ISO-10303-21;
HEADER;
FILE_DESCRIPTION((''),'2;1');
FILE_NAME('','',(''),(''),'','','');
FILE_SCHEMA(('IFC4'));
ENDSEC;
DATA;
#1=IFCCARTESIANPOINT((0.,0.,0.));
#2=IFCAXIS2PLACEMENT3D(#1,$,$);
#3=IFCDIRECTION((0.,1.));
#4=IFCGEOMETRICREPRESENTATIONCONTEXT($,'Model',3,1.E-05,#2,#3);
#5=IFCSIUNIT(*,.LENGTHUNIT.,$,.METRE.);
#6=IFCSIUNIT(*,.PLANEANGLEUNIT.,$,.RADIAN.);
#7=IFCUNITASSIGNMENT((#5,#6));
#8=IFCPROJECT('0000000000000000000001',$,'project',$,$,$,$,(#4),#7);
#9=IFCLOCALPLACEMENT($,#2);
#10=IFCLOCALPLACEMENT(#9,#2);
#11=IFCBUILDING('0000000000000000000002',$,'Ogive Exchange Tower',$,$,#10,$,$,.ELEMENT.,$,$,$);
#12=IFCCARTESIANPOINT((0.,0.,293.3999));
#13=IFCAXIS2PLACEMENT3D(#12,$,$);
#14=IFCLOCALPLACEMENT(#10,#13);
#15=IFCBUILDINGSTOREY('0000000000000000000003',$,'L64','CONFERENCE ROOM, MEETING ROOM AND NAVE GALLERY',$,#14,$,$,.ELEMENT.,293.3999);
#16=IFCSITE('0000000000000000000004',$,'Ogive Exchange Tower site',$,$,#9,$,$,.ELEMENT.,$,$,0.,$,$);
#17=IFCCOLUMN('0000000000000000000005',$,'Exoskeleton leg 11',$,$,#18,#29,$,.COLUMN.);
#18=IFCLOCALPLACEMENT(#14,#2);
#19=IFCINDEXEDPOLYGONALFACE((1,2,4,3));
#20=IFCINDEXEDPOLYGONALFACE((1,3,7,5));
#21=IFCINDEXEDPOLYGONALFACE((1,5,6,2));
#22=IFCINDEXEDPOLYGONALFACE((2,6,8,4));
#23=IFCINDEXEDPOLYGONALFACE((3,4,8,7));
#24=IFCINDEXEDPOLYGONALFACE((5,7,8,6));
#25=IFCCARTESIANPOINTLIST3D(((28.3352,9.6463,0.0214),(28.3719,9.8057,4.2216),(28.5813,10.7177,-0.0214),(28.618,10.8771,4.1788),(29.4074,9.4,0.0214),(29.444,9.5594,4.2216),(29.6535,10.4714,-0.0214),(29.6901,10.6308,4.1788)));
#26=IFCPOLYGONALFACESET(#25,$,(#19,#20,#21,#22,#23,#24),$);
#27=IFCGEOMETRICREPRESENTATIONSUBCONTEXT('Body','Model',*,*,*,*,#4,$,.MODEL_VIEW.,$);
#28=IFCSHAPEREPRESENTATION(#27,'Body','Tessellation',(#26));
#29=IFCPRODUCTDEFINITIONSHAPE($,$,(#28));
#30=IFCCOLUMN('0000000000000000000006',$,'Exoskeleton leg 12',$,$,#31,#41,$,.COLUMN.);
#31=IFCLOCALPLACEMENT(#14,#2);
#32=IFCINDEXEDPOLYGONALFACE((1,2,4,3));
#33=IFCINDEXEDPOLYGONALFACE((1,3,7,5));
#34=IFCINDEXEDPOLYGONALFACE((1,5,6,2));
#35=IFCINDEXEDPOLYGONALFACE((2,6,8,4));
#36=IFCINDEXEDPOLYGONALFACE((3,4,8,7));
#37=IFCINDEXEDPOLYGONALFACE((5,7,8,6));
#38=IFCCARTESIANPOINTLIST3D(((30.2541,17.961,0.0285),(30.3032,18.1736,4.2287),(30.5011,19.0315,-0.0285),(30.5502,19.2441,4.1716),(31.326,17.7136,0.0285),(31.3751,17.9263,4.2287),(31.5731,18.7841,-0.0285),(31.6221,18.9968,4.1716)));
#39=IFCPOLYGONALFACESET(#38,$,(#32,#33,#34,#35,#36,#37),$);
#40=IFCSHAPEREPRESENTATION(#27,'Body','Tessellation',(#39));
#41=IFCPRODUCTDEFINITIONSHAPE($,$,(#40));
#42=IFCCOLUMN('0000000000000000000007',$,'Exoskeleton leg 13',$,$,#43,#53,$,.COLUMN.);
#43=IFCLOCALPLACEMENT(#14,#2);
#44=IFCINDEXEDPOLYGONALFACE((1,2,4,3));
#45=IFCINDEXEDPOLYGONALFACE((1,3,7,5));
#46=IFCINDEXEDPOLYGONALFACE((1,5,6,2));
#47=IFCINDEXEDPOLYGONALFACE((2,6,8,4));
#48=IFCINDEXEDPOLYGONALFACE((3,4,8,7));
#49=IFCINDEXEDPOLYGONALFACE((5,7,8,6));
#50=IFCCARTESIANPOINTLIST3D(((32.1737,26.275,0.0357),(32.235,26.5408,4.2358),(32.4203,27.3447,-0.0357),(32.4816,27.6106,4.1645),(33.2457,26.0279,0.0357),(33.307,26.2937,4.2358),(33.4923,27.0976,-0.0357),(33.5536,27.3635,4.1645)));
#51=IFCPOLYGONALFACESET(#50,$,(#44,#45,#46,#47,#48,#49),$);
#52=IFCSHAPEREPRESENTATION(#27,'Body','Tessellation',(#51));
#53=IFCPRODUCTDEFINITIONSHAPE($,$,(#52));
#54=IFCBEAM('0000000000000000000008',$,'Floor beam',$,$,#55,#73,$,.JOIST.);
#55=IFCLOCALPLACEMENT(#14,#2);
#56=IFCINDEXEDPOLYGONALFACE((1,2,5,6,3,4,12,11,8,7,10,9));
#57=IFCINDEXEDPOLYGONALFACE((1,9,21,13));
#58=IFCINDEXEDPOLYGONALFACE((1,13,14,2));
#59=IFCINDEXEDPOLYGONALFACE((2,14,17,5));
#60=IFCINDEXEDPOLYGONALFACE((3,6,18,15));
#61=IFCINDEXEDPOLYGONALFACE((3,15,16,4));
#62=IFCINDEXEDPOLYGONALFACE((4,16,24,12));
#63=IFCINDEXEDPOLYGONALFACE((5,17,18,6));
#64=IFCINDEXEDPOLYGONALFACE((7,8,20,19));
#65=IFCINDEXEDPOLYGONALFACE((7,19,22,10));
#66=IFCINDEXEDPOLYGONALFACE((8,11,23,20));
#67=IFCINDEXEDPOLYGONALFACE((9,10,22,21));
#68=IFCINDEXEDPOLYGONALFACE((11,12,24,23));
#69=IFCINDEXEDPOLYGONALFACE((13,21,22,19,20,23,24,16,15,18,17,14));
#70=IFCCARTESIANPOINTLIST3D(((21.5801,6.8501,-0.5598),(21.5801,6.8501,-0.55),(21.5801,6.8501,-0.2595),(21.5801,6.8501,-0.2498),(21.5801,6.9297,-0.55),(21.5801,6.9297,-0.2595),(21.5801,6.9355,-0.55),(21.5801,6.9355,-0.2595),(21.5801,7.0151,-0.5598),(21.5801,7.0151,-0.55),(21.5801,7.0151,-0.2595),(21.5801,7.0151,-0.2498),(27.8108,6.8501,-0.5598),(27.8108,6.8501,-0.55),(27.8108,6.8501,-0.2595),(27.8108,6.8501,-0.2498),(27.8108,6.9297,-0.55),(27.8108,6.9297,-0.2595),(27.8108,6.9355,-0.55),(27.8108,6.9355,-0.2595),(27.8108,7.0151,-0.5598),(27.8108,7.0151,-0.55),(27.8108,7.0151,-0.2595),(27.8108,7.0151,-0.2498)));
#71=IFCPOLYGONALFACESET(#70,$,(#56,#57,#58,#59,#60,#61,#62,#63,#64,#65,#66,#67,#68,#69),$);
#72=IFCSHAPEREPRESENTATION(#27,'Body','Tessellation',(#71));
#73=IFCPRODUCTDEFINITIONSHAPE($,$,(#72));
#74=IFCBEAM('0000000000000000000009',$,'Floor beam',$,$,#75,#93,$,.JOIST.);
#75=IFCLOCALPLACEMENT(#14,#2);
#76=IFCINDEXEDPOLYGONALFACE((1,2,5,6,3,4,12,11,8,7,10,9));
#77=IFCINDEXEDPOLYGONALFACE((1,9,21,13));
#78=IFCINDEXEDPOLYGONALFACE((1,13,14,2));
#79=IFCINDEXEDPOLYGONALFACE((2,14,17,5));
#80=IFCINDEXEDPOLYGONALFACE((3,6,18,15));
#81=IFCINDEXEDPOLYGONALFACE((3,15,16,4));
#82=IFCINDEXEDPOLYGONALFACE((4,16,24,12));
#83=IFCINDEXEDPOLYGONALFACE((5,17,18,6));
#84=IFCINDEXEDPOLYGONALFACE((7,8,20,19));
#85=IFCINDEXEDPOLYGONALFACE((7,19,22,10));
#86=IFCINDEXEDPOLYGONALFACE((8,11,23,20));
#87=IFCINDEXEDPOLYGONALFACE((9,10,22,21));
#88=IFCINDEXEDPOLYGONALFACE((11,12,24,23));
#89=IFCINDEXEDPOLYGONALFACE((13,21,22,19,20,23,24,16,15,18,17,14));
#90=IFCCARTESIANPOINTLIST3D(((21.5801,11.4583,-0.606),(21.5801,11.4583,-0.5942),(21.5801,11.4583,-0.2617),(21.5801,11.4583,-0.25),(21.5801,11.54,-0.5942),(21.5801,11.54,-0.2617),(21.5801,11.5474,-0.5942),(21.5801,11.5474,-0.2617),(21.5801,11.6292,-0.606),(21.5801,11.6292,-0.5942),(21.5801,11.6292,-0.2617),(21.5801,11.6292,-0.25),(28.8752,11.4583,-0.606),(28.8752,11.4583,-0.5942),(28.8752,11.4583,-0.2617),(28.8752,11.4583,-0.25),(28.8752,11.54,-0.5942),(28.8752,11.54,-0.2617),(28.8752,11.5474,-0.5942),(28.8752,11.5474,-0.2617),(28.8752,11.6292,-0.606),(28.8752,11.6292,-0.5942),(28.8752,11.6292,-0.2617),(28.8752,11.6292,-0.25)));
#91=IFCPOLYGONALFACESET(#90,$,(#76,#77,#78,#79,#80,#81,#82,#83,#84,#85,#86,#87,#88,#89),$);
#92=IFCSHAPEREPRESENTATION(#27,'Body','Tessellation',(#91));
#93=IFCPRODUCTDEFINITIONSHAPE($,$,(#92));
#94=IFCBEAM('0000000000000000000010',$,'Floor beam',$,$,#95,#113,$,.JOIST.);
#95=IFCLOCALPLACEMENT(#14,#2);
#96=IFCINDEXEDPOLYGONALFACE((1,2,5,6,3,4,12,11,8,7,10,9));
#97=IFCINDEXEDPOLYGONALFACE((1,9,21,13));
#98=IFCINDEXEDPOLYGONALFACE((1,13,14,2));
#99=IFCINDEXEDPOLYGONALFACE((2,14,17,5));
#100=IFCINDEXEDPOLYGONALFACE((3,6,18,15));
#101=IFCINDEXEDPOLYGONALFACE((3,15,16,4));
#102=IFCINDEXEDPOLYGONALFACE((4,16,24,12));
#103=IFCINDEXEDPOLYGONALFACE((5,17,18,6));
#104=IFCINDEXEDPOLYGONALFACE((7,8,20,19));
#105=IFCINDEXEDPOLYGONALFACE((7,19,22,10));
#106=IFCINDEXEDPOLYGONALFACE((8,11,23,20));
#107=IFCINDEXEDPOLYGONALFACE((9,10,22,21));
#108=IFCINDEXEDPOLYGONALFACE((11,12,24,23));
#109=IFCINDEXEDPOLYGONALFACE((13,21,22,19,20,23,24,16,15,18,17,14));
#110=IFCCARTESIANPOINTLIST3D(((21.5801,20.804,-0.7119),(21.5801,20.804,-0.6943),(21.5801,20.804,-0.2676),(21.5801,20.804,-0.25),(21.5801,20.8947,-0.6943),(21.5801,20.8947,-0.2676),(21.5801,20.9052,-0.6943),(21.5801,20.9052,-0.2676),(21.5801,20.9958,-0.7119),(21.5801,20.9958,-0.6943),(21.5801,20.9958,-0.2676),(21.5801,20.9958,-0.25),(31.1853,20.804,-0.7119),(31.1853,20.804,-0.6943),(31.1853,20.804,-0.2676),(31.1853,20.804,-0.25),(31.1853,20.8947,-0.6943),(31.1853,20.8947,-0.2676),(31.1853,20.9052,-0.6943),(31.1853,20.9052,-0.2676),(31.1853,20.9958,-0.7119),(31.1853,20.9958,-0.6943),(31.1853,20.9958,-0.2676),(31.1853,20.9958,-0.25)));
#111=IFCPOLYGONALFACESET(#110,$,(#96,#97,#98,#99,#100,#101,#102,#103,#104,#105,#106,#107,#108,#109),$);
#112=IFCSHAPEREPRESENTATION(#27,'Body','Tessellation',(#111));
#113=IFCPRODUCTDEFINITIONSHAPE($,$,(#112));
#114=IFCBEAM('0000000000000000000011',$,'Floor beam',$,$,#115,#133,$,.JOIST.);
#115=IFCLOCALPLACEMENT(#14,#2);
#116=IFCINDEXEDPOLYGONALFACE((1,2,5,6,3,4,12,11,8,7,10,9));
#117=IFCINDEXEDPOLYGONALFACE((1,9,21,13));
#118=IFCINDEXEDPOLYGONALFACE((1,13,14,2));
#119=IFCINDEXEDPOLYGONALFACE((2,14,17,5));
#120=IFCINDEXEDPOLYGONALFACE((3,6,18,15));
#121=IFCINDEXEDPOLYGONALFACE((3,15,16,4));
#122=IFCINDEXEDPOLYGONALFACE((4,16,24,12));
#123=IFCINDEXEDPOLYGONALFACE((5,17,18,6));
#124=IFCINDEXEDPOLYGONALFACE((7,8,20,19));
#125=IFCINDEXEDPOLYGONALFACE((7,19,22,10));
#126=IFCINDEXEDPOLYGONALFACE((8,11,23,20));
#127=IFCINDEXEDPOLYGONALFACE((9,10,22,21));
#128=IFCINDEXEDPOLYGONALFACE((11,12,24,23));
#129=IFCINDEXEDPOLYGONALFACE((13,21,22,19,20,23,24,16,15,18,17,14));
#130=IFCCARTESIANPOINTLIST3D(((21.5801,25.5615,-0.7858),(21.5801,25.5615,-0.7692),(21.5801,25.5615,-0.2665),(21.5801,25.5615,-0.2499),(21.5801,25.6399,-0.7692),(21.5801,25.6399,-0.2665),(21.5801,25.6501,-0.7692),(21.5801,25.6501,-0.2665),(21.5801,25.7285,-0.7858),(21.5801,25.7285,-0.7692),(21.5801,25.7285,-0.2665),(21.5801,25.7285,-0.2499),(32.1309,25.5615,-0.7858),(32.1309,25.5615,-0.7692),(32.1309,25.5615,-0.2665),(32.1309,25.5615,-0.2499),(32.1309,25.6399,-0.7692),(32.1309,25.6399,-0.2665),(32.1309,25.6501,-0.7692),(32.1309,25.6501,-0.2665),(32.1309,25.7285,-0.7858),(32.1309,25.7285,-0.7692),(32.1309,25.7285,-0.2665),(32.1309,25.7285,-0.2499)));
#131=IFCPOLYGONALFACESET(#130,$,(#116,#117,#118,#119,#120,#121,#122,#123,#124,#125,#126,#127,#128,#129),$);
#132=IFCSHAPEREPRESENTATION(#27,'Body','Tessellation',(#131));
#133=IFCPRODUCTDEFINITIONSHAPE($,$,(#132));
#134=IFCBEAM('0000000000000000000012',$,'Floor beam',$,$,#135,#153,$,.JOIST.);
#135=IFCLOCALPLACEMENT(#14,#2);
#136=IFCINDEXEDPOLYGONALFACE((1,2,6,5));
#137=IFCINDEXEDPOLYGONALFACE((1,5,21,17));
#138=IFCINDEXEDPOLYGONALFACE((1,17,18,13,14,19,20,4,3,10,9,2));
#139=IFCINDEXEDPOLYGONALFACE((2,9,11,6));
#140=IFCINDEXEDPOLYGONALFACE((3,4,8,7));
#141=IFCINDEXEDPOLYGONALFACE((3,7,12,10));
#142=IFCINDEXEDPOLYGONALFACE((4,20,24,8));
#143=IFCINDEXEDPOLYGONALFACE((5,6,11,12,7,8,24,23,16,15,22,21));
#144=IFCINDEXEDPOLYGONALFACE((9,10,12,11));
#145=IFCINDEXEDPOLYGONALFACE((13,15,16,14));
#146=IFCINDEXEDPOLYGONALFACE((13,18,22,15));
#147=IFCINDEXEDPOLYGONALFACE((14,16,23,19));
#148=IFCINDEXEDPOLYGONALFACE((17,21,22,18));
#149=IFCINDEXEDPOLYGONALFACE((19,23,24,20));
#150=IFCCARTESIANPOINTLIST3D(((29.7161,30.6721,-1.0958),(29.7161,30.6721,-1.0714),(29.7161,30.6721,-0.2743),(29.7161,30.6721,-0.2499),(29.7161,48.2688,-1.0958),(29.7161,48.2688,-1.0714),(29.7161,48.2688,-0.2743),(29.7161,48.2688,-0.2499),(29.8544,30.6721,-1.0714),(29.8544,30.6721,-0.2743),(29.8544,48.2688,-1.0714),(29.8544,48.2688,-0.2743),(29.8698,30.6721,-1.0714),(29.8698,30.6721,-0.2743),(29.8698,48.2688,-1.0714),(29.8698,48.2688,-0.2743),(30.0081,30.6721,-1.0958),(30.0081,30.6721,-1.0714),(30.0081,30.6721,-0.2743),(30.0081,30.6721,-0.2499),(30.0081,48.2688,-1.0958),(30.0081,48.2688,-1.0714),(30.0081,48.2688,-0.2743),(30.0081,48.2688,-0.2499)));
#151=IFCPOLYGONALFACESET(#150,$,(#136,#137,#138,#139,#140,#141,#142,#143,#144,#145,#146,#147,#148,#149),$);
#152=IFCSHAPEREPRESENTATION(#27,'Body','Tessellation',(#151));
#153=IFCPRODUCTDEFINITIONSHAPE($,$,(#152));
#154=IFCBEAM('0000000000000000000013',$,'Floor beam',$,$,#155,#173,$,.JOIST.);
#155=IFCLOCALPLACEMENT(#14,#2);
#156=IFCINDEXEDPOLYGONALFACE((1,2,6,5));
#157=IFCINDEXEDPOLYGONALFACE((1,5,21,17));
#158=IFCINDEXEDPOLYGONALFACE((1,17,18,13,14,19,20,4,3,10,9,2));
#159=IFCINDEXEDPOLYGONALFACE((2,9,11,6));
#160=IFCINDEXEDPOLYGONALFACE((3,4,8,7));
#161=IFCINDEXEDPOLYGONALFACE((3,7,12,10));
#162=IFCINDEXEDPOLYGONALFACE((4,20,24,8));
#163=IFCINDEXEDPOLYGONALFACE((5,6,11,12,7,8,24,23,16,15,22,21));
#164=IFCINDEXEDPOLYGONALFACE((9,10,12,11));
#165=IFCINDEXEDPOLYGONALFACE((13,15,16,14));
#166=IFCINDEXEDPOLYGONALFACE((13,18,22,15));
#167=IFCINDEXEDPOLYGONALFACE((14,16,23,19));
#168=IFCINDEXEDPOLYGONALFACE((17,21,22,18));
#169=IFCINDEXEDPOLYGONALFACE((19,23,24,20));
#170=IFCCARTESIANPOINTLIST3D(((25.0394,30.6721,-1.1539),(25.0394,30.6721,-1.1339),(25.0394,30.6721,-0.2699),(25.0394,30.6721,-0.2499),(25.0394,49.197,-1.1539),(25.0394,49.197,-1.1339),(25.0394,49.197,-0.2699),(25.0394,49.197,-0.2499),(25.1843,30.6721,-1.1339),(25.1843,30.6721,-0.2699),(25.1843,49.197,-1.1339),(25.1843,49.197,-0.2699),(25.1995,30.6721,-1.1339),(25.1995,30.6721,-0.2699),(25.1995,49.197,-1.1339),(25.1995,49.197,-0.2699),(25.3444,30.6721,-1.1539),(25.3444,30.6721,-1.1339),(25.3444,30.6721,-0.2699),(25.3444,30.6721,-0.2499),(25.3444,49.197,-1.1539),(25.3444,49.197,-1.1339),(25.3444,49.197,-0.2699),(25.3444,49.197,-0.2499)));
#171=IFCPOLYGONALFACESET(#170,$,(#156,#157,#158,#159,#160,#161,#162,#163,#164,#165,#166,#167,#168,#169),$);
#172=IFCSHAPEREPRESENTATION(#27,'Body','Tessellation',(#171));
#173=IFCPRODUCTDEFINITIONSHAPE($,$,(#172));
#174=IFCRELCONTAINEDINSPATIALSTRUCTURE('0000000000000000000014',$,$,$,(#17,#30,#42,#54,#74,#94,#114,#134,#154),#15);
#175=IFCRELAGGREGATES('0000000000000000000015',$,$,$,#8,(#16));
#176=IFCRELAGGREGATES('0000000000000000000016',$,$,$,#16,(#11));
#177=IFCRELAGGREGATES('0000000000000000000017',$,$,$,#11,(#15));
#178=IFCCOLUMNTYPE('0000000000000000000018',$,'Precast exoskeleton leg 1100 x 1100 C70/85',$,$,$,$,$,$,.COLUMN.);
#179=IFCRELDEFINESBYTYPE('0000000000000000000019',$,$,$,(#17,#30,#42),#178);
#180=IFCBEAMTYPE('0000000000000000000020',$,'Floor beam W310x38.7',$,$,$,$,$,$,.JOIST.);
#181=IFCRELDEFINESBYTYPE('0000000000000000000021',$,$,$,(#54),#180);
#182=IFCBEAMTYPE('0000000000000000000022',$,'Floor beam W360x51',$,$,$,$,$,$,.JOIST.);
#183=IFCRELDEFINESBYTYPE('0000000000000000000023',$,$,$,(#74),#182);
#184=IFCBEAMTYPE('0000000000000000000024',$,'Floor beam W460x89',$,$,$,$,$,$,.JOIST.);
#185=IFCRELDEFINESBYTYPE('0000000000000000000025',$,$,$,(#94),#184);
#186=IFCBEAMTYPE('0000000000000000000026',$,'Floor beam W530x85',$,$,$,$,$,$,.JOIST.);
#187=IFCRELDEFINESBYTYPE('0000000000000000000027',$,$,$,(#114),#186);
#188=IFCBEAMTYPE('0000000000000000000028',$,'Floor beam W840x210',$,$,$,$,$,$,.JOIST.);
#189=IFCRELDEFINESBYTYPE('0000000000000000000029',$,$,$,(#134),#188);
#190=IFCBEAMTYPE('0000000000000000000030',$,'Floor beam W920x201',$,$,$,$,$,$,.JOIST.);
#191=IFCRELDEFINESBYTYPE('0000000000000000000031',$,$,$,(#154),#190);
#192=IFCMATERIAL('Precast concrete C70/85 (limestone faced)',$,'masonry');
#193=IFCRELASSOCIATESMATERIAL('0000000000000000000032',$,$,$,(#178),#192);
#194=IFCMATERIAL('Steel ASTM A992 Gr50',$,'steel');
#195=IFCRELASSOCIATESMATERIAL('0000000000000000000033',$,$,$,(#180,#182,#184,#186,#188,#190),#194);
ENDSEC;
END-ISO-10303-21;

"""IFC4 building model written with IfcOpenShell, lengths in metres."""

from ifc_helpers import new_model, si_unit, direction, frame, origin, origin_2d, place, context, subcontext, project, spatial, rectangle, i_section, extrude, material, material_profile, profile_set, type_object, element, save


model = new_model("IFC4")

# Units and contexts
model_context = context("Model", 3, precision=1e-05, world=origin(), true_north=direction((0.0, 1.0)))
body_context = subcontext(model_context, "Body", "Model", "MODEL_VIEW")
ifc_project = project(units=[si_unit("LENGTHUNIT", "METRE"), si_unit("PLANEANGLEUNIT", "RADIAN")], contexts=[model_context])

# Site, building, storey
site_placement = place(None, origin())
site = spatial("IfcSite", under=ifc_project, at=site_placement, Name="Ogive Exchange Tower site", CompositionType="ELEMENT", RefElevation=0.0)
building_placement = place(site_placement, origin())
building = spatial("IfcBuilding", under=site, at=building_placement, Name="Ogive Exchange Tower", CompositionType="ELEMENT")
storey_placement = place(building_placement, frame((0.0, 0.0, 293.3999)))
storey = spatial("IfcBuildingStorey", under=building, at=storey_placement, Name="L64", Description="CONFERENCE ROOM, MEETING ROOM AND NAVE GALLERY", CompositionType="ELEMENT", Elevation=293.3999)

# Columns
ifc_material_1 = material(Name="Precast concrete C70/85 (limestone faced)", Category="masonry")
ifc_material_profile_1 = material_profile(ifc_material_1, rectangle(XDim=1.1001, YDim=1.1001, at=origin_2d()), Name="1100 x 1100")
ifc_profile_set_1 = profile_set([ifc_material_profile_1], Name="Precast concrete C70/85 (limestone faced)")
column_type = type_object("IfcColumnType", Name="Precast exoskeleton leg 1100 x 1100 C70/85", PredefinedType="COLUMN", material=ifc_profile_set_1)
column_1_placement = place(storey_placement, frame((28.9944, 10.0588, 0.0), z_axis=(0.008712, 0.037928, 0.999243), x_axis=(-0.974617, 0.223878, 0.0)))
element("IfcColumn", 1, at=column_1_placement, inside=storey, type_object=column_type, Name="Exoskeleton leg 11", PredefinedType="COLUMN", context=body_context, shape_type="SweptSolid", body=[
    extrude(rectangle(XDim=1.1001, YDim=1.1001, at=origin_2d()), origin(), (0.0, 0.0, 1.0), 4.2034),
])
column_2_placement = place(storey_placement, frame((30.9136, 18.3726, 0.0), z_axis=(0.011668, 0.05056, 0.998653), x_axis=(-0.974391, 0.22486, 0.0)))
element("IfcColumn", 2, at=column_2_placement, inside=storey, type_object=column_type, Name="Exoskeleton leg 12", PredefinedType="COLUMN", context=body_context, shape_type="SweptSolid", body=[
    extrude(rectangle(XDim=1.1001, YDim=1.1001, at=origin_2d()), origin(), (0.0, 0.0, 1.0), 4.2058),
])
column_3_placement = place(storey_placement, frame((32.833, 26.6863, 0.0), z_axis=(0.014559, 0.063166, 0.997897), x_axis=(-0.974451, 0.224598, 0.0)))
element("IfcColumn", 3, at=column_3_placement, inside=storey, type_object=column_type, Name="Exoskeleton leg 13", PredefinedType="COLUMN", context=body_context, shape_type="SweptSolid", body=[
    extrude(rectangle(XDim=1.1001, YDim=1.1001, at=origin_2d()), origin(), (0.0, 0.0, 1.0), 4.209),
])

# Beams
ifc_material_2 = material(Name="Steel ASTM A992 Gr50", Category="steel")
ifc_material_profile_2 = material_profile(ifc_material_2, i_section(OverallWidth=0.165, OverallDepth=0.3101, WebThickness=0.0059, FlangeThickness=0.0098, at=origin_2d()), Name="W310x38.7")
ifc_profile_set_2 = profile_set([ifc_material_profile_2], Name="Steel ASTM A992 Gr50")
beam_type_1 = type_object("IfcBeamType", Name="Floor beam W310x38.7", PredefinedType="JOIST", material=ifc_profile_set_2)
beam_1_placement = place(storey_placement, frame((21.5801, 6.9326, -0.4048), z_axis=(1.0, 0.0, 0.0), x_axis=(0.0, 1.0, 0.0)))
element("IfcBeam", 4, at=beam_1_placement, inside=storey, type_object=beam_type_1, Name="Floor beam", PredefinedType="JOIST", context=body_context, shape_type="SweptSolid", body=[
    extrude(i_section(OverallWidth=0.165, OverallDepth=0.3101, WebThickness=0.0059, FlangeThickness=0.0098, at=origin_2d()), origin(), (0.0, 0.0, 1.0), 6.2307),
])
ifc_material_profile_3 = material_profile(ifc_material_2, i_section(OverallWidth=0.1709, OverallDepth=0.356, WebThickness=0.0073, FlangeThickness=0.0117, at=origin_2d()), Name="W360x51")
ifc_profile_set_3 = profile_set([ifc_material_profile_3], Name="Steel ASTM A992 Gr50")
beam_type_2 = type_object("IfcBeamType", Name="Floor beam W360x51", PredefinedType="JOIST", material=ifc_profile_set_3)
beam_2_placement = place(storey_placement, frame((21.5801, 11.5437, -0.428), z_axis=(1.0, 0.0, 0.0), x_axis=(0.0, 1.0, 0.0)))
element("IfcBeam", 5, at=beam_2_placement, inside=storey, type_object=beam_type_2, Name="Floor beam", PredefinedType="JOIST", context=body_context, shape_type="SweptSolid", body=[
    extrude(i_section(OverallWidth=0.1709, OverallDepth=0.356, WebThickness=0.0073, FlangeThickness=0.0117, at=origin_2d()), origin(), (0.0, 0.0, 1.0), 7.2952),
])
ifc_material_profile_4 = material_profile(ifc_material_2, i_section(OverallWidth=0.1919, OverallDepth=0.4619, WebThickness=0.0105, FlangeThickness=0.0176, at=origin_2d()), Name="W460x89")
ifc_profile_set_4 = profile_set([ifc_material_profile_4], Name="Steel ASTM A992 Gr50")
beam_type_3 = type_object("IfcBeamType", Name="Floor beam W460x89", PredefinedType="JOIST", material=ifc_profile_set_4)
beam_3_placement = place(storey_placement, frame((21.5801, 20.8999, -0.481), z_axis=(1.0, 0.0, 0.0), x_axis=(0.0, 1.0, 0.0)))
element("IfcBeam", 6, at=beam_3_placement, inside=storey, type_object=beam_type_3, Name="Floor beam", PredefinedType="JOIST", context=body_context, shape_type="SweptSolid", body=[
    extrude(i_section(OverallWidth=0.1919, OverallDepth=0.4619, WebThickness=0.0105, FlangeThickness=0.0176, at=origin_2d()), origin(), (0.0, 0.0, 1.0), 9.6052),
])
ifc_material_profile_5 = material_profile(ifc_material_2, i_section(OverallWidth=0.167, OverallDepth=0.5359, WebThickness=0.0103, FlangeThickness=0.0166, at=origin_2d()), Name="W530x85")
ifc_profile_set_5 = profile_set([ifc_material_profile_5], Name="Steel ASTM A992 Gr50")
beam_type_4 = type_object("IfcBeamType", Name="Floor beam W530x85", PredefinedType="JOIST", material=ifc_profile_set_5)
beam_4_placement = place(storey_placement, frame((21.5801, 25.645, -0.5178), z_axis=(1.0, 0.0, 0.0), x_axis=(0.0, 1.0, 0.0)))
element("IfcBeam", 7, at=beam_4_placement, inside=storey, type_object=beam_type_4, Name="Floor beam", PredefinedType="JOIST", context=body_context, shape_type="SweptSolid", body=[
    extrude(i_section(OverallWidth=0.167, OverallDepth=0.5359, WebThickness=0.0103, FlangeThickness=0.0166, at=origin_2d()), origin(), (0.0, 0.0, 1.0), 10.5508),
])
ifc_material_profile_6 = material_profile(ifc_material_2, i_section(OverallWidth=0.292, OverallDepth=0.8459, WebThickness=0.0154, FlangeThickness=0.0244, at=origin_2d()), Name="W840x210")
ifc_profile_set_6 = profile_set([ifc_material_profile_6], Name="Steel ASTM A992 Gr50")
beam_type_5 = type_object("IfcBeamType", Name="Floor beam W840x210", PredefinedType="JOIST", material=ifc_profile_set_6)
beam_5_placement = place(storey_placement, frame((29.8621, 30.6721, -0.6729), z_axis=(0.0, 1.0, 0.0), x_axis=(-1.0, 0.0, 0.0)))
element("IfcBeam", 8, at=beam_5_placement, inside=storey, type_object=beam_type_5, Name="Floor beam", PredefinedType="JOIST", context=body_context, shape_type="SweptSolid", body=[
    extrude(i_section(OverallWidth=0.292, OverallDepth=0.8459, WebThickness=0.0154, FlangeThickness=0.0244, at=origin_2d()), origin(), (0.0, 0.0, 1.0), 17.5967),
])
ifc_material_profile_7 = material_profile(ifc_material_2, i_section(OverallWidth=0.3049, OverallDepth=0.9041, WebThickness=0.0151, FlangeThickness=0.02, at=origin_2d()), Name="W920x201")
ifc_profile_set_7 = profile_set([ifc_material_profile_7], Name="Steel ASTM A992 Gr50")
beam_type_6 = type_object("IfcBeamType", Name="Floor beam W920x201", PredefinedType="JOIST", material=ifc_profile_set_7)
beam_6_placement = place(storey_placement, frame((25.1919, 30.6721, -0.7019), z_axis=(0.0, 1.0, 0.0), x_axis=(-1.0, 0.0, 0.0)))
element("IfcBeam", 9, at=beam_6_placement, inside=storey, type_object=beam_type_6, Name="Floor beam", PredefinedType="JOIST", context=body_context, shape_type="SweptSolid", body=[
    extrude(i_section(OverallWidth=0.3049, OverallDepth=0.9041, WebThickness=0.0151, FlangeThickness=0.02, at=origin_2d()), origin(), (0.0, 0.0, 1.0), 18.5249),
])

save(model, "model.ifc")
